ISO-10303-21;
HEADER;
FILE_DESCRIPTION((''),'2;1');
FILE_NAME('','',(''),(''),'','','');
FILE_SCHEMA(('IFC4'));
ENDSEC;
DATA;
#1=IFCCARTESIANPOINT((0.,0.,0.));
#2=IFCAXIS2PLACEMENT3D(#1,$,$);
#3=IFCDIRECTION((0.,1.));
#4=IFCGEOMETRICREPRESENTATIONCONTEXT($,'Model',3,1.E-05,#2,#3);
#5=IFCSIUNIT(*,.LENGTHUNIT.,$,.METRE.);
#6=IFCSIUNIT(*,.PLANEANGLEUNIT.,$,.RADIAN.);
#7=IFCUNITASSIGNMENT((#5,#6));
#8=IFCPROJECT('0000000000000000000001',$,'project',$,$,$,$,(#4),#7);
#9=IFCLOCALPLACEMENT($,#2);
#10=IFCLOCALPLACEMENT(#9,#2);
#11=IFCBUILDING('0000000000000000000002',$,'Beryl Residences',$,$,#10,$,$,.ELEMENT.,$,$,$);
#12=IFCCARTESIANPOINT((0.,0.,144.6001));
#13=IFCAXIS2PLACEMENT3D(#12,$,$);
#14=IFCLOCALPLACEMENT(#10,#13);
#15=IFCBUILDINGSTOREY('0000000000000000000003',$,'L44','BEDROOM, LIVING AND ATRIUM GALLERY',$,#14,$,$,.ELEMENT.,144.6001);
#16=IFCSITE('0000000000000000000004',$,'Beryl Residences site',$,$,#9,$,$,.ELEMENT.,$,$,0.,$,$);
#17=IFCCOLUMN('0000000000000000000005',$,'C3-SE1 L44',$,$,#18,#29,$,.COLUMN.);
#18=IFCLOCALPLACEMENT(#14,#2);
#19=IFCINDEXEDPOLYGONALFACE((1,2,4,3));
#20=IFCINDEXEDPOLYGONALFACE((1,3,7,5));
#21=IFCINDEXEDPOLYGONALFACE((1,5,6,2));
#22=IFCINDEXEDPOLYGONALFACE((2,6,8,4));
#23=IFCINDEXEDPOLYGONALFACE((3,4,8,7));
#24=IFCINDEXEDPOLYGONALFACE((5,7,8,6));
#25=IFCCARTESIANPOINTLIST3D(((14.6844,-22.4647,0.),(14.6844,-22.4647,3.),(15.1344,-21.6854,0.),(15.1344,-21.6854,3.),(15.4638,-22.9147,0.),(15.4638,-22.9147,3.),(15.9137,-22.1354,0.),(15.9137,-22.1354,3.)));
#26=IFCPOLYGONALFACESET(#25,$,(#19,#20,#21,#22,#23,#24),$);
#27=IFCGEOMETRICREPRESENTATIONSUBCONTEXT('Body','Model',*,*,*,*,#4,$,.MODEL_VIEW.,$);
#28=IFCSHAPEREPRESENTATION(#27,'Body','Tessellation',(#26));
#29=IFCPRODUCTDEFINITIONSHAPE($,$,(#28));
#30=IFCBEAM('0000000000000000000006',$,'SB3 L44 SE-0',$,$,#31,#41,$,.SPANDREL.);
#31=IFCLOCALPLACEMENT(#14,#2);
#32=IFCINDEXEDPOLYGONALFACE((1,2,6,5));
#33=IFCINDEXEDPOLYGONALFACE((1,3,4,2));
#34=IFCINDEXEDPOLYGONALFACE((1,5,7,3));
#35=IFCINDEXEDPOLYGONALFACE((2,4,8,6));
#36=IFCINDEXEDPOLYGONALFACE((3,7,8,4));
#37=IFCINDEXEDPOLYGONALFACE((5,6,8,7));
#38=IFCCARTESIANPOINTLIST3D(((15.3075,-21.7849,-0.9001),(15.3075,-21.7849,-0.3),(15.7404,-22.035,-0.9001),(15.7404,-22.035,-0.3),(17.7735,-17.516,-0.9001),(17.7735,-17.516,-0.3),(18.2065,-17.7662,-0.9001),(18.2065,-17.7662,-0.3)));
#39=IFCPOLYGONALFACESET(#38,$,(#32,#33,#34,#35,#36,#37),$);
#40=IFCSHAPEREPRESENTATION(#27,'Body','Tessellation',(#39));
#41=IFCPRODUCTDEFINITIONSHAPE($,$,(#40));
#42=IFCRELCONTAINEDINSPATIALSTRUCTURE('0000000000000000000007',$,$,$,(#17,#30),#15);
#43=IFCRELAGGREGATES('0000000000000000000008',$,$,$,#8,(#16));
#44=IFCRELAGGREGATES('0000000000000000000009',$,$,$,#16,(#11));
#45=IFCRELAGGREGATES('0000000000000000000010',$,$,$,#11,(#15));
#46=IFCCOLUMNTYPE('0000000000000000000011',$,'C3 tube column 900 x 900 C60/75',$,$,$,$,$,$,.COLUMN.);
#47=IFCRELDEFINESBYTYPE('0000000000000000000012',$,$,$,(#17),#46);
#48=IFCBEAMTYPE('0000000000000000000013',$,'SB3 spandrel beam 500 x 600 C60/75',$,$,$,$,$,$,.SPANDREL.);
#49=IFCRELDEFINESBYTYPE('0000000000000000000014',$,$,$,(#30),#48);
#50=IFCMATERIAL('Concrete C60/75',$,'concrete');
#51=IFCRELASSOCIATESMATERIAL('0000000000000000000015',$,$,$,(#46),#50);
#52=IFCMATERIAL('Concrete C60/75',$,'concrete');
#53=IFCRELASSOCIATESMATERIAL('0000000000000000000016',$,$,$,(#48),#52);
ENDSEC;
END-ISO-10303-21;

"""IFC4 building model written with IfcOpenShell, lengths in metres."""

from ifc_helpers import new_model, si_unit, direction, frame, origin, origin_2d, place, context, subcontext, project, spatial, rectangle, extrude, material, material_profile, profile_set, type_object, element, save


model = new_model("IFC4")

# Units and contexts
model_context = context("Model", 3, precision=1e-05, world=origin(), true_north=direction((0.0, 1.0)))
body_context = subcontext(model_context, "Body", "Model", "MODEL_VIEW")
ifc_project = project(units=[si_unit("LENGTHUNIT", "METRE"), si_unit("PLANEANGLEUNIT", "RADIAN")], contexts=[model_context])

# Site, building, storey
site_placement = place(None, origin())
site = spatial("IfcSite", under=ifc_project, at=site_placement, Name="Beryl Residences site", CompositionType="ELEMENT", RefElevation=0.0)
building_placement = place(site_placement, origin())
building = spatial("IfcBuilding", under=site, at=building_placement, Name="Beryl Residences", CompositionType="ELEMENT")
storey_placement = place(building_placement, frame((0.0, 0.0, 144.6001)))
storey = spatial("IfcBuildingStorey", under=building, at=storey_placement, Name="L44", Description="BEDROOM, LIVING AND ATRIUM GALLERY", CompositionType="ELEMENT", Elevation=144.6001)

# Column
ifc_material_1 = material(Name="Concrete C60/75", Category="concrete")
ifc_material_profile_1 = material_profile(ifc_material_1, rectangle(XDim=0.8999, YDim=0.8999, at=origin_2d()))
ifc_profile_set_1 = profile_set([ifc_material_profile_1], Name="Concrete C60/75")
column_type = type_object("IfcColumnType", Name="C3 tube column 900 x 900 C60/75", PredefinedType="COLUMN", material=ifc_profile_set_1)
column_placement = place(storey_placement, frame((15.2991, -22.3, 0.0), z_axis=(0.0, 0.0, 1.0), x_axis=(0.5, 0.866025, 0.0)))
element("IfcColumn", 1, at=column_placement, inside=storey, type_object=column_type, Name="C3-SE1 L44", PredefinedType="COLUMN", context=body_context, shape_type="SweptSolid", body=[
    extrude(rectangle(XDim=0.8999, YDim=0.8999, at=origin_2d()), origin(), (0.0, 0.0, 1.0), 3.0),
])

# Beam
ifc_material_2 = material(Name="Concrete C60/75", Category="concrete")
ifc_material_profile_2 = material_profile(ifc_material_2, rectangle(XDim=0.5, YDim=0.6001, at=origin_2d()))
ifc_profile_set_2 = profile_set([ifc_material_profile_2], Name="Concrete C60/75")
beam_type = type_object("IfcBeamType", Name="SB3 spandrel beam 500 x 600 C60/75", PredefinedType="SPANDREL", material=ifc_profile_set_2)
beam_placement = place(storey_placement, frame((15.5239, -21.9099, -0.6001), z_axis=(0.500224, 0.865896, 0.0), x_axis=(-0.865896, 0.500224, 0.0)))
element("IfcBeam", 2, at=beam_placement, inside=storey, type_object=beam_type, Name="SB3 L44 SE-0", PredefinedType="SPANDREL", context=body_context, shape_type="SweptSolid", body=[
    extrude(rectangle(XDim=0.5, YDim=0.6001, at=origin_2d()), origin(), (0.0, 0.0, 1.0), 4.9299),
])

save(model, "model.ifc")
